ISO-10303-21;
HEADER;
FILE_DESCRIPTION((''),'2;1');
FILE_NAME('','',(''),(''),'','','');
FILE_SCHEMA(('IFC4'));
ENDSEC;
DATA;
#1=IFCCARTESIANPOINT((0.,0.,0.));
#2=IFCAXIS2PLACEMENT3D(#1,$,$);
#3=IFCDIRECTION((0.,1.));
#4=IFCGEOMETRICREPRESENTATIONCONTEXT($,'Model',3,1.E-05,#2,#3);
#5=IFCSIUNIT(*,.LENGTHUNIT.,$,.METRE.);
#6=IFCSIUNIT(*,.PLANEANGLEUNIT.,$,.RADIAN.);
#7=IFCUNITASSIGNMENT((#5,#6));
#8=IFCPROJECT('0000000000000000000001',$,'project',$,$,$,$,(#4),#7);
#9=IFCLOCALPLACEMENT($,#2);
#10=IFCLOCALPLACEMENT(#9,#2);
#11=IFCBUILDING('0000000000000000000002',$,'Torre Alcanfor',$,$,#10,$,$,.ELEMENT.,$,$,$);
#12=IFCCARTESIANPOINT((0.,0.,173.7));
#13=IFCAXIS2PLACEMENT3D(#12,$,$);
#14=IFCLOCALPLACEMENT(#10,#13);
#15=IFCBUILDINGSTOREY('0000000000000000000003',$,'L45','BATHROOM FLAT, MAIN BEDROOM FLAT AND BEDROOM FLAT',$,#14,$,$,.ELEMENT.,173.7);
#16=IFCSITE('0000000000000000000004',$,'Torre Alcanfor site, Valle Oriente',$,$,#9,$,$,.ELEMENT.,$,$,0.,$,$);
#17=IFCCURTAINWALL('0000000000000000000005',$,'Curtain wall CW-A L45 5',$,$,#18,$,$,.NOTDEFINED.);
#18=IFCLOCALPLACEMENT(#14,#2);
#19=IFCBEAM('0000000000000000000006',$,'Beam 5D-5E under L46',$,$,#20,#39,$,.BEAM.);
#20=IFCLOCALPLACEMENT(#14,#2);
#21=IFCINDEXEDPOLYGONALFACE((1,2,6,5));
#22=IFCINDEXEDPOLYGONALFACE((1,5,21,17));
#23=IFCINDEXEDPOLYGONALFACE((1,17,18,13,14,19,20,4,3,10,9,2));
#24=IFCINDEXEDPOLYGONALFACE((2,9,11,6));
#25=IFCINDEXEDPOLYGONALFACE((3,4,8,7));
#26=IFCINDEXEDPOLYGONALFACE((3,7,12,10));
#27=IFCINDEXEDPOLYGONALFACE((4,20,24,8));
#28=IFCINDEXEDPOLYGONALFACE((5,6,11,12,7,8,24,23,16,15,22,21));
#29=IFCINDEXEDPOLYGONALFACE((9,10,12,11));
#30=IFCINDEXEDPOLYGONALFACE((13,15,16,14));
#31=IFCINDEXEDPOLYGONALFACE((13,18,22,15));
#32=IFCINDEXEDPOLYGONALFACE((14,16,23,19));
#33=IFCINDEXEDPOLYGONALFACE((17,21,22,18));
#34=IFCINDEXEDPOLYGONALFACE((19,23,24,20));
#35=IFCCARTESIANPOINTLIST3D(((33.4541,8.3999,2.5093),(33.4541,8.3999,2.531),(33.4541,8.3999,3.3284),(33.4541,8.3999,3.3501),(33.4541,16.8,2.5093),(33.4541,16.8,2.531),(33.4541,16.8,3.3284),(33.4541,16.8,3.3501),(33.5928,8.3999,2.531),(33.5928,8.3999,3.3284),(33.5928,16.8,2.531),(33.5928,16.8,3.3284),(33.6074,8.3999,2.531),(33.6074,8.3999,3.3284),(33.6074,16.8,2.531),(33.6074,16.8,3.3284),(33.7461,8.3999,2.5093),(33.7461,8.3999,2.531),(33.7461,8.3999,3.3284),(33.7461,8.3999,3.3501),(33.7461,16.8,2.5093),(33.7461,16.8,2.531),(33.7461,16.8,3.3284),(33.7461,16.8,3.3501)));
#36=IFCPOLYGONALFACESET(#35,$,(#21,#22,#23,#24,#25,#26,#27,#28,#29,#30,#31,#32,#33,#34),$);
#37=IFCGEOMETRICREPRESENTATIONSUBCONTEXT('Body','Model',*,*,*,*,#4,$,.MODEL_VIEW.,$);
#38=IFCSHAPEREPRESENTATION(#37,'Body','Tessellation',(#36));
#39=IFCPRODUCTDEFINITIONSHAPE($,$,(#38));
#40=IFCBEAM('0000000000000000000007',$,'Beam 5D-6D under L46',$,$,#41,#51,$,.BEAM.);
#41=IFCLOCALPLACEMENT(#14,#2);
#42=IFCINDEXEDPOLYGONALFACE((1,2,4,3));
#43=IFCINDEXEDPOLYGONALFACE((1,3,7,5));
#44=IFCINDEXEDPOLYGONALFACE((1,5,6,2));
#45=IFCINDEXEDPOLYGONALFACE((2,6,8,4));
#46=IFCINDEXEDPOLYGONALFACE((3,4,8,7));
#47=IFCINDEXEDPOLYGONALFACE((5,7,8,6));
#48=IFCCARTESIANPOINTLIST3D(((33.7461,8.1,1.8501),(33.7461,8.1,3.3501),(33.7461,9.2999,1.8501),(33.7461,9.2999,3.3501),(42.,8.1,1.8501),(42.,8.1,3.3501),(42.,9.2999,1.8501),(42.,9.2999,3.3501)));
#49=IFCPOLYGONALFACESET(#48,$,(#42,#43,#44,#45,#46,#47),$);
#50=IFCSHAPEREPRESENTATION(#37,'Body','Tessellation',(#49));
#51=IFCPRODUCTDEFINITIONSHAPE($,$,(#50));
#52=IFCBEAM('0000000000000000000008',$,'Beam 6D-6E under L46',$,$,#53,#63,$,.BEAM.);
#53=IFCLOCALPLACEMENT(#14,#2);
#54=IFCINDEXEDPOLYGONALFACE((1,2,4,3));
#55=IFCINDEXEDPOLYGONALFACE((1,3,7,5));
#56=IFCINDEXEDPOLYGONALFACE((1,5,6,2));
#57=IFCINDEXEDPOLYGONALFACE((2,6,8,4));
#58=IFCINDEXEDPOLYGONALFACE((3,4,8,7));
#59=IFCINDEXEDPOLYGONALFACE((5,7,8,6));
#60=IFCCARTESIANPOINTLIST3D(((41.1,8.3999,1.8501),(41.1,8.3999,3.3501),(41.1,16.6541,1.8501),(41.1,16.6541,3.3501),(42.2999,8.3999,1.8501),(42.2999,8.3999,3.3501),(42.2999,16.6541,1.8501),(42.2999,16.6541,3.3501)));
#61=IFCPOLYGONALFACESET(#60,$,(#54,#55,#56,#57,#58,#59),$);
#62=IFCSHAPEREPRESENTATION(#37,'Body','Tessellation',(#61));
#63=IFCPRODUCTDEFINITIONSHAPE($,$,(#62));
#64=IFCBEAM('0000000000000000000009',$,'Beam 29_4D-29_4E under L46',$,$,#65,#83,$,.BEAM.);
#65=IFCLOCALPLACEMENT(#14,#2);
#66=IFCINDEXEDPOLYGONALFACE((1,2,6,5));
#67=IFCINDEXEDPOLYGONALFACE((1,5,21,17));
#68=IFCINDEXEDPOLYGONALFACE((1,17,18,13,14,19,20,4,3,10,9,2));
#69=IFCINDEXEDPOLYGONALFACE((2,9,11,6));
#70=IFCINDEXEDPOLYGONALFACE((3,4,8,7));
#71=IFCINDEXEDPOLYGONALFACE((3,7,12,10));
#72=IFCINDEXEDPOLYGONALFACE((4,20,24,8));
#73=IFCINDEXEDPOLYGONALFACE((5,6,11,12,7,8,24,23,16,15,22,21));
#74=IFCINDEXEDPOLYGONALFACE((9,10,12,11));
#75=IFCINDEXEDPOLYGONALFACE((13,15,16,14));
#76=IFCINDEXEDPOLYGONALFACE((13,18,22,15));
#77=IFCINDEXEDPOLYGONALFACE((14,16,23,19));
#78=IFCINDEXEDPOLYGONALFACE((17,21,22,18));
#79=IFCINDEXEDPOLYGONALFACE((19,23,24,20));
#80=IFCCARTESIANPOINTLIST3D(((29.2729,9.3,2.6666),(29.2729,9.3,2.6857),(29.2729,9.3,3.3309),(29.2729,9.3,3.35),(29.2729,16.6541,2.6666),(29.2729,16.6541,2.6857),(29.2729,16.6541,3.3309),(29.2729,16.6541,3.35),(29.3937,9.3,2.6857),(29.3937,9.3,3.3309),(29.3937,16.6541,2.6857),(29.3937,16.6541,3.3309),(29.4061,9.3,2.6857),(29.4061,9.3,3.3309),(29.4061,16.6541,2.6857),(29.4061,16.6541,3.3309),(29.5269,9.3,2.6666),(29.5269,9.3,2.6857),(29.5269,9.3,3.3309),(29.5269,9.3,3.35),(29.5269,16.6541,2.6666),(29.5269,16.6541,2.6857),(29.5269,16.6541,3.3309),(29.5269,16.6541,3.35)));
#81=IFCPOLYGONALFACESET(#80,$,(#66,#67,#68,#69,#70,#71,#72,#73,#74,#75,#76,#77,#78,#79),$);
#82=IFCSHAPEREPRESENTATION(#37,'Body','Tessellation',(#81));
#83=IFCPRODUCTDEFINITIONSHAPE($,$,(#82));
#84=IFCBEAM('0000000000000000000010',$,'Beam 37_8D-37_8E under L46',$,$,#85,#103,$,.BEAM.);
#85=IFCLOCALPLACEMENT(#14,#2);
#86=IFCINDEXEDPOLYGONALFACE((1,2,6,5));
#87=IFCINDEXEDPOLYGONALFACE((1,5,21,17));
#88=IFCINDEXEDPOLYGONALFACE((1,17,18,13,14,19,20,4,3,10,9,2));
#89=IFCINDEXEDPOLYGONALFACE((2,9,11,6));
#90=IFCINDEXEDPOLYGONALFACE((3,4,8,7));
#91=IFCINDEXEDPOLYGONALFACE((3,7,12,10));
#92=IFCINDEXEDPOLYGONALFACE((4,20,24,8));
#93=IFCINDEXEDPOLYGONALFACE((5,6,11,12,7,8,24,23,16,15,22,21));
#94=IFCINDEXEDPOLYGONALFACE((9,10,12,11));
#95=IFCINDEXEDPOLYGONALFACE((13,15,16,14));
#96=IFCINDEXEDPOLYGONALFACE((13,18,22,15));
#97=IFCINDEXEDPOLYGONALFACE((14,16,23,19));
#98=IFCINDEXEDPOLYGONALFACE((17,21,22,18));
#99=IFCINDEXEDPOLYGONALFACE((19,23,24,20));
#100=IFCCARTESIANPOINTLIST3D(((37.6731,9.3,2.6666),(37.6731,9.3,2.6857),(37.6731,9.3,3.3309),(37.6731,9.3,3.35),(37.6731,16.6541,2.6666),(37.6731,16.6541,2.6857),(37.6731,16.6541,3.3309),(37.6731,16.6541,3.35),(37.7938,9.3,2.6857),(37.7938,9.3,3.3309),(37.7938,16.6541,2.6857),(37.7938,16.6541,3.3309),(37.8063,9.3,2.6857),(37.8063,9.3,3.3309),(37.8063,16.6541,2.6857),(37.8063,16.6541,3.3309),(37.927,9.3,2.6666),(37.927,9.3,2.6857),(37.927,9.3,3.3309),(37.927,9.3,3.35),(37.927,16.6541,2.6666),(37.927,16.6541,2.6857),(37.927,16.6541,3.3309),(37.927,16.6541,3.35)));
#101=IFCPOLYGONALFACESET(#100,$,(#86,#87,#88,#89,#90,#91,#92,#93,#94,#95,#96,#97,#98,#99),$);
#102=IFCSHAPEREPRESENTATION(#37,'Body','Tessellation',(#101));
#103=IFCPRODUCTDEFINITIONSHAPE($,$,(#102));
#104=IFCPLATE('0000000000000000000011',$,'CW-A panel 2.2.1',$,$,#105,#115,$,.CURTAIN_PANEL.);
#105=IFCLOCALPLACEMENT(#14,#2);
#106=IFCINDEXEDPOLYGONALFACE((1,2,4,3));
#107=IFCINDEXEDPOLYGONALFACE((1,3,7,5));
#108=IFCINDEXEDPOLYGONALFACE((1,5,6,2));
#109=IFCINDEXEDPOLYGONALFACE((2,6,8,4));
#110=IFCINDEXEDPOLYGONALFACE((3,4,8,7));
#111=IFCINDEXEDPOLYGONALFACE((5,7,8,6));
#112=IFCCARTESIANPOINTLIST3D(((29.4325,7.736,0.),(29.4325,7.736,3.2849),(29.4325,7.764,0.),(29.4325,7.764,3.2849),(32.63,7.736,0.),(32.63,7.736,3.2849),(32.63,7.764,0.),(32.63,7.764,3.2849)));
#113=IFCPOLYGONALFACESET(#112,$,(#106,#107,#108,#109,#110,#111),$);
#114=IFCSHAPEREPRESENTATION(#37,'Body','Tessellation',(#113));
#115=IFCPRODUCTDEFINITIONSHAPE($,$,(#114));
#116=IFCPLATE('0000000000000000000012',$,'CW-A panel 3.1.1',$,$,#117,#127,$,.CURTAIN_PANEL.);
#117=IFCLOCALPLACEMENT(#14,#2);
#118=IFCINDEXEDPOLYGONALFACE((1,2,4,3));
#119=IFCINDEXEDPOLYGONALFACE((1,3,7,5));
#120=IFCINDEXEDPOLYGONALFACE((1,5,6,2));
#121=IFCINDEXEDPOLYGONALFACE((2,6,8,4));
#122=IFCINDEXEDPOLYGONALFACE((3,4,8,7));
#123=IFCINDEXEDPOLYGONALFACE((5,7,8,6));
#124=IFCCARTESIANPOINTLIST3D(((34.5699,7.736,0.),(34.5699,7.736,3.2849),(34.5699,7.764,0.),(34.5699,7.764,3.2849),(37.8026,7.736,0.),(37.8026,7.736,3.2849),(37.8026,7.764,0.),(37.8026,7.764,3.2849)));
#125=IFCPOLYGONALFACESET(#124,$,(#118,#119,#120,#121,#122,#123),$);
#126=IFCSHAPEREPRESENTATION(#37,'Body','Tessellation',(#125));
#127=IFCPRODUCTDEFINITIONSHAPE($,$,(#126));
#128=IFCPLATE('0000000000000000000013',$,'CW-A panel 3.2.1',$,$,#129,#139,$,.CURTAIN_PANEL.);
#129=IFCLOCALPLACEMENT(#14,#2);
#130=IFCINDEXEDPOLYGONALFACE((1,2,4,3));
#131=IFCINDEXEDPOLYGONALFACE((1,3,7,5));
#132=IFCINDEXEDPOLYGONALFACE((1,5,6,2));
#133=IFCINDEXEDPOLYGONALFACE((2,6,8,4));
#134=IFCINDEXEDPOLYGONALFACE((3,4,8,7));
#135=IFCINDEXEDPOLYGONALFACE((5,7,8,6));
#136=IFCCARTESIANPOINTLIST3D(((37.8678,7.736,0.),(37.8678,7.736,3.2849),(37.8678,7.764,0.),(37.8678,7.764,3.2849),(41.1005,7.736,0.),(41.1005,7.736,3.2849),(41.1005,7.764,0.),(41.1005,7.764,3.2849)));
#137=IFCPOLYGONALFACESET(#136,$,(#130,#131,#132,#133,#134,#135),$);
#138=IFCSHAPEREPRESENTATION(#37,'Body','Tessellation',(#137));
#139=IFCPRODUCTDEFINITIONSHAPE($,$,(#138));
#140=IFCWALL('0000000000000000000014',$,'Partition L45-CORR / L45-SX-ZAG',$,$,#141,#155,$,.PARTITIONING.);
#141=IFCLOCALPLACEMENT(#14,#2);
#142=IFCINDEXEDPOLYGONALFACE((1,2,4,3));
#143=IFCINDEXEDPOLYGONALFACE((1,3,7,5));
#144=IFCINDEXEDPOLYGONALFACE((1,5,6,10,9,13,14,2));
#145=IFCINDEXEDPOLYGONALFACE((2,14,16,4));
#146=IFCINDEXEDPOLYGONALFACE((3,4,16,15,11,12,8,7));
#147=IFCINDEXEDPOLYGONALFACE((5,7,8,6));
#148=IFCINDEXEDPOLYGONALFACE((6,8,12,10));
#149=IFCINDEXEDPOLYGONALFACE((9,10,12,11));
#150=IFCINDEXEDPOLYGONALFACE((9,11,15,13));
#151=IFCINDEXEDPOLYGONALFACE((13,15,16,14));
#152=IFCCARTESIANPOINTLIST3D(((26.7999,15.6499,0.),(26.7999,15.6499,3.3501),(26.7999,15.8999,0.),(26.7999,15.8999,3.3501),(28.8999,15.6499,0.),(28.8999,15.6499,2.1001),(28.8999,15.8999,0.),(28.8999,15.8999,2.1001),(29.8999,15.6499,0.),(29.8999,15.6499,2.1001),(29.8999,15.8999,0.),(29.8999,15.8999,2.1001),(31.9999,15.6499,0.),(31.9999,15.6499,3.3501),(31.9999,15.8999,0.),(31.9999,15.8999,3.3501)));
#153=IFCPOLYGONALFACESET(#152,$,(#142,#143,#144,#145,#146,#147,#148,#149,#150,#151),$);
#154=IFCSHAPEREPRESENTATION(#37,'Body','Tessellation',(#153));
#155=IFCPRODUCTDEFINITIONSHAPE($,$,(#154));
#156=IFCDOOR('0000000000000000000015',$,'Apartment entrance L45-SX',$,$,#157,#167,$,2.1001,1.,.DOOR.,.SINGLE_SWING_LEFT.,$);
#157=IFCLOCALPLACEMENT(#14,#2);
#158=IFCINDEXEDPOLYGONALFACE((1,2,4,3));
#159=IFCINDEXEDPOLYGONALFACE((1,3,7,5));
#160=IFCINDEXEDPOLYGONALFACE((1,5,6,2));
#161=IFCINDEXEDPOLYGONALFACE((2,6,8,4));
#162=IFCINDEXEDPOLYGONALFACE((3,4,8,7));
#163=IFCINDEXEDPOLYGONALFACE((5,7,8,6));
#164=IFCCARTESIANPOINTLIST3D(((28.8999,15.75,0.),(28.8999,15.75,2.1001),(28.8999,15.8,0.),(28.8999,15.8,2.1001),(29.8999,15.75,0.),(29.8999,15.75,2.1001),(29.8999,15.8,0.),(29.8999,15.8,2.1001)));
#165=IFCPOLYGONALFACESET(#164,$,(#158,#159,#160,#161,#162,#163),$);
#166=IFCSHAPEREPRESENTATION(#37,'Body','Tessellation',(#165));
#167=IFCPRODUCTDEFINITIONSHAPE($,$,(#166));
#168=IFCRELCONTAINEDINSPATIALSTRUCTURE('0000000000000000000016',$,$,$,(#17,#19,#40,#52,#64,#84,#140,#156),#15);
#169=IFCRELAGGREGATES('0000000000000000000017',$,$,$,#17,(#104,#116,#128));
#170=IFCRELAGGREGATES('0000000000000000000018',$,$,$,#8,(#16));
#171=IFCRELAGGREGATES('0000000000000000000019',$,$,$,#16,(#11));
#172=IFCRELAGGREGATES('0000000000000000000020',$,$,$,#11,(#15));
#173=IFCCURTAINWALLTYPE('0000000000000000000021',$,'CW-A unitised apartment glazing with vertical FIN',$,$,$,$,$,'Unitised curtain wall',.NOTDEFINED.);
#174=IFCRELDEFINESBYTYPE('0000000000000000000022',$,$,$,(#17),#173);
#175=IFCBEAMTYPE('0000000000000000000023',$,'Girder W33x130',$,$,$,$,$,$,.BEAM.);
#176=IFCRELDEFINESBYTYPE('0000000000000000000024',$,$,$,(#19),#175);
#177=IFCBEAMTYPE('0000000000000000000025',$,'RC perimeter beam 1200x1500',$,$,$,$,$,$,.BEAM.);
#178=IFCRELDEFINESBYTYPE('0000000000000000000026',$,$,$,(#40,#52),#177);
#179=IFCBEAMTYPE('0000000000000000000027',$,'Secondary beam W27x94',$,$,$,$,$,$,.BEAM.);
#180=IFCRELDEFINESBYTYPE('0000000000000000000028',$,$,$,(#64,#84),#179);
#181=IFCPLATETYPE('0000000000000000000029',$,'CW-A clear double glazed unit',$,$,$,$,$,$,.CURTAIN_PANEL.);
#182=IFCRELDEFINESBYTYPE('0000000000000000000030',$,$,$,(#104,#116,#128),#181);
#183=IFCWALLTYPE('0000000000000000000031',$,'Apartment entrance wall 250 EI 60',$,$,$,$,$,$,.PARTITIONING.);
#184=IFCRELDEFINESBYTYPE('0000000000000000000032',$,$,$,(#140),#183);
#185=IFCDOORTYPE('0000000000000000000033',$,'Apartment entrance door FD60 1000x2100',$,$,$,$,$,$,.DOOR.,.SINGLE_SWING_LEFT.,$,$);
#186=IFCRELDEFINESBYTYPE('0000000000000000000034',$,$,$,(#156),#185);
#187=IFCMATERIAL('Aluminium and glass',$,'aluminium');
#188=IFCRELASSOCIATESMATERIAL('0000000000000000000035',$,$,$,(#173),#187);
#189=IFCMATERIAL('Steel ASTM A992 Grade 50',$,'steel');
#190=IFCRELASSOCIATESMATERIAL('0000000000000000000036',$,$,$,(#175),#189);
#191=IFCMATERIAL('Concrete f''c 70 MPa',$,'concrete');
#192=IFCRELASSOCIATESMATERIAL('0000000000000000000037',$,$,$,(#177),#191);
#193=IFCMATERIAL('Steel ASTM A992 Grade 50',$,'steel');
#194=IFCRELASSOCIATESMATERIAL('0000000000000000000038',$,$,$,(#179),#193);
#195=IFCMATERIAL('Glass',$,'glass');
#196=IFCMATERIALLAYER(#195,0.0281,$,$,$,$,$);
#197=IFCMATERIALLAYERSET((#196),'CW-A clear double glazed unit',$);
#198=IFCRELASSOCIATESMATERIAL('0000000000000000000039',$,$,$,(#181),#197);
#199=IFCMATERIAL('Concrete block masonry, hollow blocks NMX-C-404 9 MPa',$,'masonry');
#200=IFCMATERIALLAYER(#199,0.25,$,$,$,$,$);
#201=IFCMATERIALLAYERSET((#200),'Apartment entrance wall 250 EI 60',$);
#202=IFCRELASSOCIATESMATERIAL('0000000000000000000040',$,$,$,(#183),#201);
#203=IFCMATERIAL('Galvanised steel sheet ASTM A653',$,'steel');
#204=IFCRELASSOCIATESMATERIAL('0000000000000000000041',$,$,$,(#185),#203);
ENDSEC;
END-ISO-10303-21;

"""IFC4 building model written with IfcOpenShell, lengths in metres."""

from ifc_helpers import new_model, si_unit, direction, frame, frame_2d, origin, origin_2d, place, context, subcontext, project, spatial, rectangle, i_section, extrude, material, layer, layer_set, material_profile, profile_set, type_object, element, fill, aggregate, save


model = new_model("IFC4")

# Units and contexts
model_context = context("Model", 3, precision=1e-05, world=origin(), true_north=direction((0.0, 1.0)))
body_context = subcontext(model_context, "Body", "Model", "MODEL_VIEW")
ifc_project = project(units=[si_unit("LENGTHUNIT", "METRE"), si_unit("PLANEANGLEUNIT", "RADIAN")], contexts=[model_context])

# Site, building, storey
site_placement = place(None, origin())
site = spatial("IfcSite", under=ifc_project, at=site_placement, Name="Torre Alcanfor site, Valle Oriente", CompositionType="ELEMENT", RefElevation=0.0)
building_placement = place(site_placement, origin())
building = spatial("IfcBuilding", under=site, at=building_placement, Name="Torre Alcanfor", CompositionType="ELEMENT")
storey_placement = place(building_placement, frame((0.0, 0.0, 173.7)))
storey = spatial("IfcBuildingStorey", under=building, at=storey_placement, Name="L45", Description="BATHROOM FLAT, MAIN BEDROOM FLAT AND BEDROOM FLAT", CompositionType="ELEMENT", Elevation=173.7)

# Curtain wall
ifc_material_1 = material(Name="Aluminium and glass", Category="aluminium")
curtain_wall_type = type_object("IfcCurtainWallType", Name="CW-A unitised apartment glazing with vertical FIN", ElementType="Unitised curtain wall", PredefinedType="NOTDEFINED", material=ifc_material_1)
curtain_wall_placement = place(storey_placement, origin())
curtain_wall = element("IfcCurtainWall", 1, at=curtain_wall_placement, inside=storey, type_object=curtain_wall_type, Name="Curtain wall CW-A L45 5", PredefinedType="NOTDEFINED")

# Beams
ifc_material_2 = material(Name="Steel ASTM A992 Grade 50", Category="steel")
ifc_material_profile_1 = material_profile(ifc_material_2, i_section(OverallWidth=0.292, OverallDepth=0.8408, WebThickness=0.0146, FlangeThickness=0.0217, at=origin_2d()), Name="W33x130")
ifc_profile_set_1 = profile_set([ifc_material_profile_1], Name="Steel ASTM A992 Grade 50")
beam_type_1 = type_object("IfcBeamType", Name="Girder W33x130", PredefinedType="BEAM", material=ifc_profile_set_1)
beam_1_placement = place(storey_placement, frame((33.6001, 8.3999, 2.9297), z_axis=(0.0, 1.0, 0.0), x_axis=(-1.0, 0.0, 0.0)))
element("IfcBeam", 2, at=beam_1_placement, inside=storey, type_object=beam_type_1, Name="Beam 5D-5E under L46", PredefinedType="BEAM", context=body_context, shape_type="SweptSolid", body=[
    extrude(i_section(OverallWidth=0.292, OverallDepth=0.8408, WebThickness=0.0146, FlangeThickness=0.0217, at=origin_2d()), origin(), (0.0, 0.0, 1.0), 8.4001),
])
ifc_material_3 = material(Name="Concrete f'c 70 MPa", Category="concrete")
ifc_material_profile_2 = material_profile(ifc_material_3, rectangle(XDim=1.2, YDim=1.5, at=origin_2d()), Name="1200x1500")
ifc_profile_set_2 = profile_set([ifc_material_profile_2], Name="Concrete f'c 70 MPa")
beam_type_2 = type_object("IfcBeamType", Name="RC perimeter beam 1200x1500", PredefinedType="BEAM", material=ifc_profile_set_2)
beam_2_placement = place(storey_placement, frame((33.7461, 8.7, 2.6001), z_axis=(1.0, 0.0, 0.0), x_axis=(0.0, 1.0, 0.0)))
element("IfcBeam", 3, at=beam_2_placement, inside=storey, type_object=beam_type_2, Name="Beam 5D-6D under L46", PredefinedType="BEAM", context=body_context, shape_type="SweptSolid", body=[
    extrude(rectangle(XDim=1.2, YDim=1.5, at=origin_2d()), origin(), (0.0, 0.0, 1.0), 8.2539),
])
beam_3_placement = place(storey_placement, frame((41.7, 8.3999, 2.6001), z_axis=(0.0, 1.0, 0.0), x_axis=(-1.0, 0.0, 0.0)))
element("IfcBeam", 4, at=beam_3_placement, inside=storey, type_object=beam_type_2, Name="Beam 6D-6E under L46", PredefinedType="BEAM", context=body_context, shape_type="SweptSolid", body=[
    extrude(rectangle(XDim=1.2, YDim=1.5, at=origin_2d()), origin(), (0.0, 0.0, 1.0), 8.2542),
])
ifc_material_4 = material(Name="Steel ASTM A992 Grade 50", Category="steel")
ifc_material_profile_3 = material_profile(ifc_material_4, i_section(OverallWidth=0.2539, OverallDepth=0.6833, WebThickness=0.0125, FlangeThickness=0.019, at=origin_2d()), Name="W27x94")
ifc_profile_set_3 = profile_set([ifc_material_profile_3], Name="Steel ASTM A992 Grade 50")
beam_type_3 = type_object("IfcBeamType", Name="Secondary beam W27x94", PredefinedType="BEAM", material=ifc_profile_set_3)
for number, where, z_axis, x_axis, name in (
    (5, (29.3999, 9.3, 3.0083), (0.0, 1.0, 0.0), (-1.0, 0.0, 0.0), "Beam 29_4D-29_4E under L46"),
    (6, (37.8, 9.3, 3.0083), (0.0, 1.0, 0.0), (-1.0, 0.0, 0.0), "Beam 37_8D-37_8E under L46"),
):
    element("IfcBeam", number, at=place(storey_placement, frame(where, z_axis=z_axis, x_axis=x_axis)), inside=storey, type_object=beam_type_3, Name=name, PredefinedType="BEAM", context=body_context, shape_type="SweptSolid", body=[
        extrude(i_section(OverallWidth=0.2539, OverallDepth=0.6833, WebThickness=0.0125, FlangeThickness=0.019, at=origin_2d()), origin(), (0.0, 0.0, 1.0), 7.354),
    ])

# Plates
ifc_material_5 = material(Name="Glass", Category="glass")
ifc_layer_1 = layer(ifc_material_5, 0.0281)
ifc_layer_set_1 = layer_set([ifc_layer_1], Name="CW-A clear double glazed unit")
plate_type = type_object("IfcPlateType", Name="CW-A clear double glazed unit", PredefinedType="CURTAIN_PANEL", material=ifc_layer_set_1)
plate_1_placement = place(storey_placement, frame((31.0312, 7.75, 0.0), z_axis=(0.0, 0.0, 1.0), x_axis=(1.0, 0.0, 0.0)))
plate_1 = element("IfcPlate", 7, at=plate_1_placement, type_object=plate_type, Name="CW-A panel 2.2.1", PredefinedType="CURTAIN_PANEL", context=body_context, shape_type="SweptSolid", body=[
    extrude(rectangle(XDim=3.1975, YDim=0.0281, at=origin_2d()), origin(), (0.0, 0.0, 1.0), 3.2849),
])
plate_2_placement = place(storey_placement, frame((36.1863, 7.75, 0.0), z_axis=(0.0, 0.0, 1.0), x_axis=(1.0, 0.0, 0.0)))
plate_2 = element("IfcPlate", 8, at=plate_2_placement, type_object=plate_type, Name="CW-A panel 3.1.1", PredefinedType="CURTAIN_PANEL", context=body_context, shape_type="SweptSolid", body=[
    extrude(rectangle(XDim=3.2327, YDim=0.0281, at=origin_2d()), origin(), (0.0, 0.0, 1.0), 3.2849),
])
plate_3_placement = place(storey_placement, frame((39.4841, 7.75, 0.0), z_axis=(0.0, 0.0, 1.0), x_axis=(1.0, 0.0, 0.0)))
plate_3 = element("IfcPlate", 9, at=plate_3_placement, type_object=plate_type, Name="CW-A panel 3.2.1", PredefinedType="CURTAIN_PANEL", context=body_context, shape_type="SweptSolid", body=[
    extrude(rectangle(XDim=3.2327, YDim=0.0281, at=origin_2d()), origin(), (0.0, 0.0, 1.0), 3.2849),
])
aggregate(curtain_wall, [plate_1, plate_2, plate_3])

# Wall, opening, door
ifc_material_6 = material(Name="Concrete block masonry, hollow blocks NMX-C-404 9 MPa", Category="masonry")
ifc_layer_2 = layer(ifc_material_6, 0.25)
ifc_layer_set_2 = layer_set([ifc_layer_2], Name="Apartment entrance wall 250 EI 60")
wall_type_1 = type_object("IfcWallType", Name="Apartment entrance wall 250 EI 60", PredefinedType="PARTITIONING", material=ifc_layer_set_2)
wall_1_placement = place(storey_placement, frame((32.0, 15.7749, 0.0), z_axis=(0.0, 0.0, 1.0), x_axis=(-1.0, 0.0, 0.0)))
wall_1 = element("IfcWall", 10, at=wall_1_placement, inside=storey, type_object=wall_type_1, Name="Partition L45-CORR / L45-SX-ZAG", PredefinedType="PARTITIONING", context=body_context, shape_type="SweptSolid", body=[
    extrude(rectangle(XDim=5.2, YDim=0.25, at=frame_2d((2.6001, 0.0))), origin(), (0.0, 0.0, 1.0), 3.3501),
])
opening_1_placement = place(wall_1_placement, frame((2.1001, 0.0, 0.0)))
opening_1 = element("IfcOpeningElement", 11, at=opening_1_placement, cuts=wall_1, PredefinedType="OPENING", context=body_context, shape_type="SweptSolid", body=[
    extrude(rectangle(XDim=1.0, YDim=2.1001, at=frame_2d((0.5, 1.05))), frame((0.0, 0.135, 0.0), z_axis=(0.0, -1.0, 0.0), x_axis=(1.0, 0.0, 0.0)), (0.0, 0.0, 1.0), 0.27),
])
ifc_material_7 = material(Name="Galvanised steel sheet ASTM A653", Category="steel")
door_type_1 = type_object("IfcDoorType", Name="Apartment entrance door FD60 1000x2100", OperationType="SINGLE_SWING_LEFT", PredefinedType="DOOR", material=ifc_material_7)
door_1_placement = place(opening_1_placement, origin())
door_1 = element("IfcDoor", 12, at=door_1_placement, inside=storey, type_object=door_type_1, Name="Apartment entrance L45-SX", OperationType="SINGLE_SWING_LEFT", OverallHeight=2.1001, OverallWidth=1.0, PredefinedType="DOOR", context=body_context, shape_type="SweptSolid", body=[
    extrude(rectangle(XDim=1.0, YDim=2.1001, at=frame_2d((0.5, 1.05))), frame((0.0, 0.0249, 0.0), z_axis=(0.0, -1.0, 0.0), x_axis=(1.0, 0.0, 0.0)), (0.0, 0.0, 1.0), 0.05),
])
fill(opening_1, door_1)

save(model, "model.ifc")
